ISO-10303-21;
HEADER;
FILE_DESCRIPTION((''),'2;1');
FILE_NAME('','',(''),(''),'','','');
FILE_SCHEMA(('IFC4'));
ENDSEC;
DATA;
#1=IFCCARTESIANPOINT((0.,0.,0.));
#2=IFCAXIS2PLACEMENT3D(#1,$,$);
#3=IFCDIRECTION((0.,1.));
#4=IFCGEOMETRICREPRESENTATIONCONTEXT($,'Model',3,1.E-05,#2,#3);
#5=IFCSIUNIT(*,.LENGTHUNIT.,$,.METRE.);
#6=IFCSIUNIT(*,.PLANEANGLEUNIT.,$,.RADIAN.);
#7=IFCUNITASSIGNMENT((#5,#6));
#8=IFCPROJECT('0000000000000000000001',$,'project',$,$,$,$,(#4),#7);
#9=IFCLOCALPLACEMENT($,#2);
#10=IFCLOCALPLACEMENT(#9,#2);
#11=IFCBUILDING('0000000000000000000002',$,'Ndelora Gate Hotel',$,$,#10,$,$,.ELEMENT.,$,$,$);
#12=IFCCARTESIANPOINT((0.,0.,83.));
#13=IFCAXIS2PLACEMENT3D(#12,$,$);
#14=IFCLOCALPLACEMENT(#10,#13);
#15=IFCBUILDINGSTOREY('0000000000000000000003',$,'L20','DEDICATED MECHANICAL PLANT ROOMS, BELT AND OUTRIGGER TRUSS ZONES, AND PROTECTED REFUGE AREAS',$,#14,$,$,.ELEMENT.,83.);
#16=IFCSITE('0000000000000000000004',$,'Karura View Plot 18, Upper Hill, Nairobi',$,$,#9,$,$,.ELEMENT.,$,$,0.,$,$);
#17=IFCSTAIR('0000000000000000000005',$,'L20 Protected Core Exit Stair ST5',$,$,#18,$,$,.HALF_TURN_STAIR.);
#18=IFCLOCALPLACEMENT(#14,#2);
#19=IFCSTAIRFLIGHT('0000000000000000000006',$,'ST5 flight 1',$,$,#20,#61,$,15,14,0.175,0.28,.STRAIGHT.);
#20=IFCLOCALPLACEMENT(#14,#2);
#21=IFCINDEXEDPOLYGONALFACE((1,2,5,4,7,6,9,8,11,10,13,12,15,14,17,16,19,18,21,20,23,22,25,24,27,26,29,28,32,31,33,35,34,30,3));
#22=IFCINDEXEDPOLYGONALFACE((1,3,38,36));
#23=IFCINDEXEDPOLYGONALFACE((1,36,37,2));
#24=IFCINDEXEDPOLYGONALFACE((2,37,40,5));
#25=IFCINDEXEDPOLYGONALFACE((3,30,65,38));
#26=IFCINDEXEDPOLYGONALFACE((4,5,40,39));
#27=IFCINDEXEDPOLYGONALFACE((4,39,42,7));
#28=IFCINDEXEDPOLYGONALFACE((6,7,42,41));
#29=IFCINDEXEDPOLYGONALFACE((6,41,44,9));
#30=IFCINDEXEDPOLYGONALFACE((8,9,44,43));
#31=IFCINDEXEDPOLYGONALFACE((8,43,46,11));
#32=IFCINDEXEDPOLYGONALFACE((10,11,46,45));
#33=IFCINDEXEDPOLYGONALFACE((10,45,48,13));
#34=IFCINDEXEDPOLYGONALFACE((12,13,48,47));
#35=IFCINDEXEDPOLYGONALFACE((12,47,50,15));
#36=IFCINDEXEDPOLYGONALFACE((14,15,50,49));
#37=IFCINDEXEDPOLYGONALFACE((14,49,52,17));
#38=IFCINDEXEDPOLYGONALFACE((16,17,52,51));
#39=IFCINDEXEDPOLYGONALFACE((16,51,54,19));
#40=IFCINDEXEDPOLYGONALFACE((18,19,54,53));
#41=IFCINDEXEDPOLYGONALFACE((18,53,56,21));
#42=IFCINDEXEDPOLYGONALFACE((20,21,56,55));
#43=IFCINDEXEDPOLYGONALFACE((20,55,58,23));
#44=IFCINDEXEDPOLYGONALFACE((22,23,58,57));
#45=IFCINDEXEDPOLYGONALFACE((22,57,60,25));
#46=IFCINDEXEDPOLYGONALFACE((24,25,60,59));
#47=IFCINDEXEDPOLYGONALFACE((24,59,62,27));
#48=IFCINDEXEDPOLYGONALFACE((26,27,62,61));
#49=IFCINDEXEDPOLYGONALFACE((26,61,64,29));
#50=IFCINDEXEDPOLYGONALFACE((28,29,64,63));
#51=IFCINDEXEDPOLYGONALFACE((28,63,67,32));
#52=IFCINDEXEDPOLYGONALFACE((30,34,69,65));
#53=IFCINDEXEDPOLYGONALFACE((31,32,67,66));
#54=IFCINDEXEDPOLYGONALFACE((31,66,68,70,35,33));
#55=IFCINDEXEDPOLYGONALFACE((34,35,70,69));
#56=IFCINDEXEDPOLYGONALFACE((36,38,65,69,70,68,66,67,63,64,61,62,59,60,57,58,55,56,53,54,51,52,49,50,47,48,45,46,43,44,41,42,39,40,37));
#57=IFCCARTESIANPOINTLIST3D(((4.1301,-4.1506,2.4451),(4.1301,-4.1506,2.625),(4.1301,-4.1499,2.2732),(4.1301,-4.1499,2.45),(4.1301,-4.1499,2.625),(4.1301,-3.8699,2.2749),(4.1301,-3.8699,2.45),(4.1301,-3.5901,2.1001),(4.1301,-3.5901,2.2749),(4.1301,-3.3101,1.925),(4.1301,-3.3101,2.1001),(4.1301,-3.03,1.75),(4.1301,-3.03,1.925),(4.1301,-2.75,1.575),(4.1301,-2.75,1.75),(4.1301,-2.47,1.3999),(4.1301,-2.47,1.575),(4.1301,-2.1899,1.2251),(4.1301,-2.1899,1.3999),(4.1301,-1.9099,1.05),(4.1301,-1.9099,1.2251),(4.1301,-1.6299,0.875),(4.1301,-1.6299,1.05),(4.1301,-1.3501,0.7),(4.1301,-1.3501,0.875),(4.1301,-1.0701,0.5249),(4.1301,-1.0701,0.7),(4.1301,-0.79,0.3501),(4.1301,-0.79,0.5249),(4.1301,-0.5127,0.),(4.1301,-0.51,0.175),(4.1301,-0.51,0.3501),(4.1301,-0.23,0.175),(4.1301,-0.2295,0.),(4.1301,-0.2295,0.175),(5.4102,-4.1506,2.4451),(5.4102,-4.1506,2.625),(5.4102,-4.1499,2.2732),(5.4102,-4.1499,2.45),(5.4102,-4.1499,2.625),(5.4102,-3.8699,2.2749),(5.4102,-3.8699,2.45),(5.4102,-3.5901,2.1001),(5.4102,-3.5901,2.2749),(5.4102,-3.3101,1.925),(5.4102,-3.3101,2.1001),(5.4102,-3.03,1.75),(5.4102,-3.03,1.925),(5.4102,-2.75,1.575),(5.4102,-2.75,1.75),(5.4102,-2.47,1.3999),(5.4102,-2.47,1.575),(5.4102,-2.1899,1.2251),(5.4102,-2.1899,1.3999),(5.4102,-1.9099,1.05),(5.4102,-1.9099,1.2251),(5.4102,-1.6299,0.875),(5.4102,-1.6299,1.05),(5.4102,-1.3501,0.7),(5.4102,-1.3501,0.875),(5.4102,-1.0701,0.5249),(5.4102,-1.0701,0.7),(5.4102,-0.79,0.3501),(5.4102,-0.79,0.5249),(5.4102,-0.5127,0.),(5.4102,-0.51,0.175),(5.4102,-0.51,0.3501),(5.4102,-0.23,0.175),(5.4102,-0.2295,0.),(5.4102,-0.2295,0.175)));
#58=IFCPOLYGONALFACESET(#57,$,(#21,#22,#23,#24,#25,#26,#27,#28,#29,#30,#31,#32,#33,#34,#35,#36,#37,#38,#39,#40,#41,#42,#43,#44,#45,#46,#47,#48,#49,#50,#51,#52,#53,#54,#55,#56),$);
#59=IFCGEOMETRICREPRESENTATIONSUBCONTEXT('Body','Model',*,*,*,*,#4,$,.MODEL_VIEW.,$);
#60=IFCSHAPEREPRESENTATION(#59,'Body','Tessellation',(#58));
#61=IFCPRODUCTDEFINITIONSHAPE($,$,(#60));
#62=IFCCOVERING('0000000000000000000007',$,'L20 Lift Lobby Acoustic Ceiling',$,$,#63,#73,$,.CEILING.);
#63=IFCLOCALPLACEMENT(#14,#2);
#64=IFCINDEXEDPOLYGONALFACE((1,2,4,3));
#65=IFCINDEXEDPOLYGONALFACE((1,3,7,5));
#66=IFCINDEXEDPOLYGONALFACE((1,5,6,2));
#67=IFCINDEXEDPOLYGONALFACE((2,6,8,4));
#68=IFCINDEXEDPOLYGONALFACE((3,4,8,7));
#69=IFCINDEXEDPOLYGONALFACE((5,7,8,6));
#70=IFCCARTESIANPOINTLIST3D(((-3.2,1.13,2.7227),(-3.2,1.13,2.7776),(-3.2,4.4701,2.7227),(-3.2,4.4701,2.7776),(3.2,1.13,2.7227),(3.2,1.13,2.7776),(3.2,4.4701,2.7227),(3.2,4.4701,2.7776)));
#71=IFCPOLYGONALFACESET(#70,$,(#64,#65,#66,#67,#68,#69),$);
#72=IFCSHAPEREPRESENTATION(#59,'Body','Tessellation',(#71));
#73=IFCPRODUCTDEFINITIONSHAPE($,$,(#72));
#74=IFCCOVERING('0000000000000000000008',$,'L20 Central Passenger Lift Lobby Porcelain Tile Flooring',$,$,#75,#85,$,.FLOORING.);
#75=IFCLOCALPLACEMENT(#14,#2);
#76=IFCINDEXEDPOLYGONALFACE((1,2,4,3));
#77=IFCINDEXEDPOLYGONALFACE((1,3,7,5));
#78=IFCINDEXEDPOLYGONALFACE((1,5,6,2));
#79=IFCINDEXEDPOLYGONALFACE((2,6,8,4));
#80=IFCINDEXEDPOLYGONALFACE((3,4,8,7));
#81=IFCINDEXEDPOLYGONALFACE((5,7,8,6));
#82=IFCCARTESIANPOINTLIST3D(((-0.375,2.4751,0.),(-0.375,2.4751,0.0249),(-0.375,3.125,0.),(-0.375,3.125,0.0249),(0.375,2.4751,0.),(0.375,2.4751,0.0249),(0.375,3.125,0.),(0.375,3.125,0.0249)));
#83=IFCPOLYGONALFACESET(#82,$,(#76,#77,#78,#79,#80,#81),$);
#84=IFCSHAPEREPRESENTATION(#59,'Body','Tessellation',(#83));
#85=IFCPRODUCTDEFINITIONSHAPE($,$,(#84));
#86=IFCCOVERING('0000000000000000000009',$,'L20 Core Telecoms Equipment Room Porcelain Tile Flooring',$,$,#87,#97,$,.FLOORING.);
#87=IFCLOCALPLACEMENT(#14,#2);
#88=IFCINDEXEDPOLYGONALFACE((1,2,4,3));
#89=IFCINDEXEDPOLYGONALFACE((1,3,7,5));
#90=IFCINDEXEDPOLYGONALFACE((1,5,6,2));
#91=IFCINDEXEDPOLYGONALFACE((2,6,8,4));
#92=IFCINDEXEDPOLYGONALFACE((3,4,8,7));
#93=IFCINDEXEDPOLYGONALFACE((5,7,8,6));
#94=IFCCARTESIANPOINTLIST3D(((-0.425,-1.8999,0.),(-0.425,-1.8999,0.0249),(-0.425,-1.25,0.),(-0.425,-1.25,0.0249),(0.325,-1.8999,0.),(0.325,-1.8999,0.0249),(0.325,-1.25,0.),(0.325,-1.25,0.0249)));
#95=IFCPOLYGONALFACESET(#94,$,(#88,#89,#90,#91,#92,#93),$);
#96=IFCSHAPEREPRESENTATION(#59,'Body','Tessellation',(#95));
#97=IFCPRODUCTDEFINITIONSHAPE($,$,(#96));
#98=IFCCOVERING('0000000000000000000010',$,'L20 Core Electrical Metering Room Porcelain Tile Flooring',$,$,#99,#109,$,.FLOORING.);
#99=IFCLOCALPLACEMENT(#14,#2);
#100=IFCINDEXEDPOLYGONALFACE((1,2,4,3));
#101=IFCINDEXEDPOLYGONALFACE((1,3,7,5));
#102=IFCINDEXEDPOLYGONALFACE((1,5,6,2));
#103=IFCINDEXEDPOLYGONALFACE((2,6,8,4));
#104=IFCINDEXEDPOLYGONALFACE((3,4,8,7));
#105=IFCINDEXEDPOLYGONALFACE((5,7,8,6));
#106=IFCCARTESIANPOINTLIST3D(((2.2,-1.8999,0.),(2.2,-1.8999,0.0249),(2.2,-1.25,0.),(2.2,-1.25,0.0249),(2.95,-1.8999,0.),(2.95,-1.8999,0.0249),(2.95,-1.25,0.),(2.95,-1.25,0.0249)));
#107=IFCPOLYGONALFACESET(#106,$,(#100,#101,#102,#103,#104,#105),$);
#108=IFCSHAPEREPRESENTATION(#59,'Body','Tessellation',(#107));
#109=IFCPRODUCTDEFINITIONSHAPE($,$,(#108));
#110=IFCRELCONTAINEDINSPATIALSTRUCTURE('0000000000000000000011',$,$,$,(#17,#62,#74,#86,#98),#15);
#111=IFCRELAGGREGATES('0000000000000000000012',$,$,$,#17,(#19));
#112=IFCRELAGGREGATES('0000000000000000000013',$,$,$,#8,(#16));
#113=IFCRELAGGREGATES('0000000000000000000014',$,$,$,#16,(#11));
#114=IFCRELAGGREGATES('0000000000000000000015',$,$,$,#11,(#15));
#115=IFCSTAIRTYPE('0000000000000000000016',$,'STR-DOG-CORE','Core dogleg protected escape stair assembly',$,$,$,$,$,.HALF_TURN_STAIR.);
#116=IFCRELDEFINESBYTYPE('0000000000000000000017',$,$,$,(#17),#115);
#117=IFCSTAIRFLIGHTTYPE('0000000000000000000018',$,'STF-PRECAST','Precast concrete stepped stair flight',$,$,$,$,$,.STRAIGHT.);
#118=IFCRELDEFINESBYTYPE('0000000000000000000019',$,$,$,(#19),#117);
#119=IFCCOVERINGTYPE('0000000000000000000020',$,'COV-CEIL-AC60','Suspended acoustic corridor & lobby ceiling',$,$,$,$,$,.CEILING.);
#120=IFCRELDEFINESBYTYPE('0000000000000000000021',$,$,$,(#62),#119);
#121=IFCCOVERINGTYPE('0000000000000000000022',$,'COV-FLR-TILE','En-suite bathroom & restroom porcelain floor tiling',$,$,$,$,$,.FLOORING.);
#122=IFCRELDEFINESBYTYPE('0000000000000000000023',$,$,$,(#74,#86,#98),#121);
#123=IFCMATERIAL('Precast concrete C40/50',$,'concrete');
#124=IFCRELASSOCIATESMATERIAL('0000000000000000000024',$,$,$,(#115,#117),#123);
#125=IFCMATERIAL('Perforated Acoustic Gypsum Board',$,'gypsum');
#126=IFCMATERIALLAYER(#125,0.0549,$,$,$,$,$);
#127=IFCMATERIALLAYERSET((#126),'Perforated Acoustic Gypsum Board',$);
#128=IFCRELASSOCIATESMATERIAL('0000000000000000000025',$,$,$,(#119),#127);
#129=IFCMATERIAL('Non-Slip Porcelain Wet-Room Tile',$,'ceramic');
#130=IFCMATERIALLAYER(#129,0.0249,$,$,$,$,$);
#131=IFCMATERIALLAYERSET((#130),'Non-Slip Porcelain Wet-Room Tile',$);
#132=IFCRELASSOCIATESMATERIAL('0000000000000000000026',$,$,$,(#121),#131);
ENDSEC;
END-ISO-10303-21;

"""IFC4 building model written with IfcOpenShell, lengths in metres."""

from ifc_helpers import new_model, si_unit, direction, frame, origin, origin_2d, place, context, subcontext, project, spatial, polyline, rectangle, outline, extrude, material, layer, layer_set, type_object, element, aggregate, save


model = new_model("IFC4")

# Units and contexts
model_context = context("Model", 3, precision=1e-05, world=origin(), true_north=direction((0.0, 1.0)))
body_context = subcontext(model_context, "Body", "Model", "MODEL_VIEW")
ifc_project = project(units=[si_unit("LENGTHUNIT", "METRE"), si_unit("PLANEANGLEUNIT", "RADIAN")], contexts=[model_context])

# Site, building, storey
site_placement = place(None, origin())
site = spatial("IfcSite", under=ifc_project, at=site_placement, Name="Karura View Plot 18, Upper Hill, Nairobi", CompositionType="ELEMENT", RefElevation=0.0)
building_placement = place(site_placement, origin())
building = spatial("IfcBuilding", under=site, at=building_placement, Name="Ndelora Gate Hotel", CompositionType="ELEMENT")
storey_placement = place(building_placement, frame((0.0, 0.0, 83.0)))
storey = spatial("IfcBuildingStorey", under=building, at=storey_placement, Name="L20", Description="DEDICATED MECHANICAL PLANT ROOMS, BELT AND OUTRIGGER TRUSS ZONES, AND PROTECTED REFUGE AREAS", CompositionType="ELEMENT", Elevation=83.0)

# Stair
ifc_material_1 = material(Name="Precast concrete C40/50", Category="concrete")
stair_type = type_object("IfcStairType", Name="STR-DOG-CORE", Description="Core dogleg protected escape stair assembly", PredefinedType="HALF_TURN_STAIR", material=ifc_material_1)
stair_1_placement = place(storey_placement, origin())
stair_1 = element("IfcStair", 1, at=stair_1_placement, inside=storey, type_object=stair_type, Name="L20 Protected Core Exit Stair ST5", PredefinedType="HALF_TURN_STAIR")

# Stair flight
stair_flight_type = type_object("IfcStairFlightType", Name="STF-PRECAST", Description="Precast concrete stepped stair flight", PredefinedType="STRAIGHT", material=ifc_material_1)
stair_flight_placement = place(storey_placement, frame((4.77, -0.23, 0.0), z_axis=(0.0, 0.0, 1.0), x_axis=(0.0, -1.0, 0.0)))
stair_flight = element("IfcStairFlight", 2, at=stair_flight_placement, type_object=stair_flight_type, Name="ST5 flight 1", NumberOfRisers=15, NumberOfTreads=14, PredefinedType="STRAIGHT", RiserHeight=0.175, TreadLength=0.28, context=body_context, shape_type="SweptSolid", body=[
    extrude(outline(polyline([(-0.0005, 0.0), (-0.0005, 0.175), (0.0, 0.175), (0.28, 0.175), (0.28, 0.3501), (0.5601, 0.3501), (0.5601, 0.5249), (0.8401, 0.5249), (0.8401, 0.7), (1.1201, 0.7), (1.1201, 0.875), (1.3999, 0.875), (1.3999, 1.05), (1.6799, 1.05), (1.6799, 1.2251), (1.96, 1.2251), (1.96, 1.3999), (2.24, 1.3999), (2.24, 1.575), (2.52, 1.575), (2.52, 1.75), (2.8, 1.75), (2.8, 1.925), (3.0801, 1.925), (3.0801, 2.1001), (3.3601, 2.1001), (3.3601, 2.2749), (3.6399, 2.2749), (3.6399, 2.45), (3.9199, 2.45), (3.9199, 2.625), (3.9207, 2.625), (3.9207, 2.4451), (3.9199, 2.2732), (0.2827, 0.0), (-0.0005, 0.0)])), frame((0.0, 0.6401, 0.0), z_axis=(0.0, -1.0, 0.0), x_axis=(1.0, 0.0, 0.0)), (0.0, 0.0, 1.0), 1.28),
])
aggregate(stair_1, [stair_flight])

# Coverings
ifc_material_2 = material(Name="Perforated Acoustic Gypsum Board", Category="gypsum")
ifc_layer_1 = layer(ifc_material_2, 0.0549)
ifc_layer_set_1 = layer_set([ifc_layer_1], Name="Perforated Acoustic Gypsum Board")
covering_type_1 = type_object("IfcCoveringType", Name="COV-CEIL-AC60", Description="Suspended acoustic corridor & lobby ceiling", PredefinedType="CEILING", material=ifc_layer_set_1)
covering_placement = place(storey_placement, frame((0.0, 2.8, 2.7227), z_axis=(0.0, 0.0, 1.0), x_axis=(1.0, 0.0, 0.0)))
element("IfcCovering", 3, at=covering_placement, inside=storey, type_object=covering_type_1, Name="L20 Lift Lobby Acoustic Ceiling", PredefinedType="CEILING", context=body_context, shape_type="SweptSolid", body=[
    extrude(rectangle(XDim=6.3999, YDim=3.3401, at=origin_2d()), origin(), (0.0, 0.0, 1.0), 0.0549),
])
ifc_material_3 = material(Name="Non-Slip Porcelain Wet-Room Tile", Category="ceramic")
ifc_layer_2 = layer(ifc_material_3, 0.0249)
ifc_layer_set_2 = layer_set([ifc_layer_2], Name="Non-Slip Porcelain Wet-Room Tile")
covering_type_2 = type_object("IfcCoveringType", Name="COV-FLR-TILE", Description="En-suite bathroom & restroom porcelain floor tiling", PredefinedType="FLOORING", material=ifc_layer_set_2)
for number, where, z_axis, x_axis, name in (
    (4, (0.0, 2.8, 0.0), (0.0, 0.0, 1.0), (1.0, 0.0, 0.0), "L20 Central Passenger Lift Lobby Porcelain Tile Flooring"),
    (5, (-0.05, -1.575, 0.0), (0.0, 0.0, 1.0), (1.0, 0.0, 0.0), "L20 Core Telecoms Equipment Room Porcelain Tile Flooring"),
    (6, (2.575, -1.575, 0.0), (0.0, 0.0, 1.0), (1.0, 0.0, 0.0), "L20 Core Electrical Metering Room Porcelain Tile Flooring"),
):
    element("IfcCovering", number, at=place(storey_placement, frame(where, z_axis=z_axis, x_axis=x_axis)), inside=storey, type_object=covering_type_2, Name=name, PredefinedType="FLOORING", context=body_context, shape_type="SweptSolid", body=[
        extrude(rectangle(XDim=0.75, YDim=0.6499, at=origin_2d()), origin(), (0.0, 0.0, 1.0), 0.0249),
    ])

save(model, "model.ifc")
